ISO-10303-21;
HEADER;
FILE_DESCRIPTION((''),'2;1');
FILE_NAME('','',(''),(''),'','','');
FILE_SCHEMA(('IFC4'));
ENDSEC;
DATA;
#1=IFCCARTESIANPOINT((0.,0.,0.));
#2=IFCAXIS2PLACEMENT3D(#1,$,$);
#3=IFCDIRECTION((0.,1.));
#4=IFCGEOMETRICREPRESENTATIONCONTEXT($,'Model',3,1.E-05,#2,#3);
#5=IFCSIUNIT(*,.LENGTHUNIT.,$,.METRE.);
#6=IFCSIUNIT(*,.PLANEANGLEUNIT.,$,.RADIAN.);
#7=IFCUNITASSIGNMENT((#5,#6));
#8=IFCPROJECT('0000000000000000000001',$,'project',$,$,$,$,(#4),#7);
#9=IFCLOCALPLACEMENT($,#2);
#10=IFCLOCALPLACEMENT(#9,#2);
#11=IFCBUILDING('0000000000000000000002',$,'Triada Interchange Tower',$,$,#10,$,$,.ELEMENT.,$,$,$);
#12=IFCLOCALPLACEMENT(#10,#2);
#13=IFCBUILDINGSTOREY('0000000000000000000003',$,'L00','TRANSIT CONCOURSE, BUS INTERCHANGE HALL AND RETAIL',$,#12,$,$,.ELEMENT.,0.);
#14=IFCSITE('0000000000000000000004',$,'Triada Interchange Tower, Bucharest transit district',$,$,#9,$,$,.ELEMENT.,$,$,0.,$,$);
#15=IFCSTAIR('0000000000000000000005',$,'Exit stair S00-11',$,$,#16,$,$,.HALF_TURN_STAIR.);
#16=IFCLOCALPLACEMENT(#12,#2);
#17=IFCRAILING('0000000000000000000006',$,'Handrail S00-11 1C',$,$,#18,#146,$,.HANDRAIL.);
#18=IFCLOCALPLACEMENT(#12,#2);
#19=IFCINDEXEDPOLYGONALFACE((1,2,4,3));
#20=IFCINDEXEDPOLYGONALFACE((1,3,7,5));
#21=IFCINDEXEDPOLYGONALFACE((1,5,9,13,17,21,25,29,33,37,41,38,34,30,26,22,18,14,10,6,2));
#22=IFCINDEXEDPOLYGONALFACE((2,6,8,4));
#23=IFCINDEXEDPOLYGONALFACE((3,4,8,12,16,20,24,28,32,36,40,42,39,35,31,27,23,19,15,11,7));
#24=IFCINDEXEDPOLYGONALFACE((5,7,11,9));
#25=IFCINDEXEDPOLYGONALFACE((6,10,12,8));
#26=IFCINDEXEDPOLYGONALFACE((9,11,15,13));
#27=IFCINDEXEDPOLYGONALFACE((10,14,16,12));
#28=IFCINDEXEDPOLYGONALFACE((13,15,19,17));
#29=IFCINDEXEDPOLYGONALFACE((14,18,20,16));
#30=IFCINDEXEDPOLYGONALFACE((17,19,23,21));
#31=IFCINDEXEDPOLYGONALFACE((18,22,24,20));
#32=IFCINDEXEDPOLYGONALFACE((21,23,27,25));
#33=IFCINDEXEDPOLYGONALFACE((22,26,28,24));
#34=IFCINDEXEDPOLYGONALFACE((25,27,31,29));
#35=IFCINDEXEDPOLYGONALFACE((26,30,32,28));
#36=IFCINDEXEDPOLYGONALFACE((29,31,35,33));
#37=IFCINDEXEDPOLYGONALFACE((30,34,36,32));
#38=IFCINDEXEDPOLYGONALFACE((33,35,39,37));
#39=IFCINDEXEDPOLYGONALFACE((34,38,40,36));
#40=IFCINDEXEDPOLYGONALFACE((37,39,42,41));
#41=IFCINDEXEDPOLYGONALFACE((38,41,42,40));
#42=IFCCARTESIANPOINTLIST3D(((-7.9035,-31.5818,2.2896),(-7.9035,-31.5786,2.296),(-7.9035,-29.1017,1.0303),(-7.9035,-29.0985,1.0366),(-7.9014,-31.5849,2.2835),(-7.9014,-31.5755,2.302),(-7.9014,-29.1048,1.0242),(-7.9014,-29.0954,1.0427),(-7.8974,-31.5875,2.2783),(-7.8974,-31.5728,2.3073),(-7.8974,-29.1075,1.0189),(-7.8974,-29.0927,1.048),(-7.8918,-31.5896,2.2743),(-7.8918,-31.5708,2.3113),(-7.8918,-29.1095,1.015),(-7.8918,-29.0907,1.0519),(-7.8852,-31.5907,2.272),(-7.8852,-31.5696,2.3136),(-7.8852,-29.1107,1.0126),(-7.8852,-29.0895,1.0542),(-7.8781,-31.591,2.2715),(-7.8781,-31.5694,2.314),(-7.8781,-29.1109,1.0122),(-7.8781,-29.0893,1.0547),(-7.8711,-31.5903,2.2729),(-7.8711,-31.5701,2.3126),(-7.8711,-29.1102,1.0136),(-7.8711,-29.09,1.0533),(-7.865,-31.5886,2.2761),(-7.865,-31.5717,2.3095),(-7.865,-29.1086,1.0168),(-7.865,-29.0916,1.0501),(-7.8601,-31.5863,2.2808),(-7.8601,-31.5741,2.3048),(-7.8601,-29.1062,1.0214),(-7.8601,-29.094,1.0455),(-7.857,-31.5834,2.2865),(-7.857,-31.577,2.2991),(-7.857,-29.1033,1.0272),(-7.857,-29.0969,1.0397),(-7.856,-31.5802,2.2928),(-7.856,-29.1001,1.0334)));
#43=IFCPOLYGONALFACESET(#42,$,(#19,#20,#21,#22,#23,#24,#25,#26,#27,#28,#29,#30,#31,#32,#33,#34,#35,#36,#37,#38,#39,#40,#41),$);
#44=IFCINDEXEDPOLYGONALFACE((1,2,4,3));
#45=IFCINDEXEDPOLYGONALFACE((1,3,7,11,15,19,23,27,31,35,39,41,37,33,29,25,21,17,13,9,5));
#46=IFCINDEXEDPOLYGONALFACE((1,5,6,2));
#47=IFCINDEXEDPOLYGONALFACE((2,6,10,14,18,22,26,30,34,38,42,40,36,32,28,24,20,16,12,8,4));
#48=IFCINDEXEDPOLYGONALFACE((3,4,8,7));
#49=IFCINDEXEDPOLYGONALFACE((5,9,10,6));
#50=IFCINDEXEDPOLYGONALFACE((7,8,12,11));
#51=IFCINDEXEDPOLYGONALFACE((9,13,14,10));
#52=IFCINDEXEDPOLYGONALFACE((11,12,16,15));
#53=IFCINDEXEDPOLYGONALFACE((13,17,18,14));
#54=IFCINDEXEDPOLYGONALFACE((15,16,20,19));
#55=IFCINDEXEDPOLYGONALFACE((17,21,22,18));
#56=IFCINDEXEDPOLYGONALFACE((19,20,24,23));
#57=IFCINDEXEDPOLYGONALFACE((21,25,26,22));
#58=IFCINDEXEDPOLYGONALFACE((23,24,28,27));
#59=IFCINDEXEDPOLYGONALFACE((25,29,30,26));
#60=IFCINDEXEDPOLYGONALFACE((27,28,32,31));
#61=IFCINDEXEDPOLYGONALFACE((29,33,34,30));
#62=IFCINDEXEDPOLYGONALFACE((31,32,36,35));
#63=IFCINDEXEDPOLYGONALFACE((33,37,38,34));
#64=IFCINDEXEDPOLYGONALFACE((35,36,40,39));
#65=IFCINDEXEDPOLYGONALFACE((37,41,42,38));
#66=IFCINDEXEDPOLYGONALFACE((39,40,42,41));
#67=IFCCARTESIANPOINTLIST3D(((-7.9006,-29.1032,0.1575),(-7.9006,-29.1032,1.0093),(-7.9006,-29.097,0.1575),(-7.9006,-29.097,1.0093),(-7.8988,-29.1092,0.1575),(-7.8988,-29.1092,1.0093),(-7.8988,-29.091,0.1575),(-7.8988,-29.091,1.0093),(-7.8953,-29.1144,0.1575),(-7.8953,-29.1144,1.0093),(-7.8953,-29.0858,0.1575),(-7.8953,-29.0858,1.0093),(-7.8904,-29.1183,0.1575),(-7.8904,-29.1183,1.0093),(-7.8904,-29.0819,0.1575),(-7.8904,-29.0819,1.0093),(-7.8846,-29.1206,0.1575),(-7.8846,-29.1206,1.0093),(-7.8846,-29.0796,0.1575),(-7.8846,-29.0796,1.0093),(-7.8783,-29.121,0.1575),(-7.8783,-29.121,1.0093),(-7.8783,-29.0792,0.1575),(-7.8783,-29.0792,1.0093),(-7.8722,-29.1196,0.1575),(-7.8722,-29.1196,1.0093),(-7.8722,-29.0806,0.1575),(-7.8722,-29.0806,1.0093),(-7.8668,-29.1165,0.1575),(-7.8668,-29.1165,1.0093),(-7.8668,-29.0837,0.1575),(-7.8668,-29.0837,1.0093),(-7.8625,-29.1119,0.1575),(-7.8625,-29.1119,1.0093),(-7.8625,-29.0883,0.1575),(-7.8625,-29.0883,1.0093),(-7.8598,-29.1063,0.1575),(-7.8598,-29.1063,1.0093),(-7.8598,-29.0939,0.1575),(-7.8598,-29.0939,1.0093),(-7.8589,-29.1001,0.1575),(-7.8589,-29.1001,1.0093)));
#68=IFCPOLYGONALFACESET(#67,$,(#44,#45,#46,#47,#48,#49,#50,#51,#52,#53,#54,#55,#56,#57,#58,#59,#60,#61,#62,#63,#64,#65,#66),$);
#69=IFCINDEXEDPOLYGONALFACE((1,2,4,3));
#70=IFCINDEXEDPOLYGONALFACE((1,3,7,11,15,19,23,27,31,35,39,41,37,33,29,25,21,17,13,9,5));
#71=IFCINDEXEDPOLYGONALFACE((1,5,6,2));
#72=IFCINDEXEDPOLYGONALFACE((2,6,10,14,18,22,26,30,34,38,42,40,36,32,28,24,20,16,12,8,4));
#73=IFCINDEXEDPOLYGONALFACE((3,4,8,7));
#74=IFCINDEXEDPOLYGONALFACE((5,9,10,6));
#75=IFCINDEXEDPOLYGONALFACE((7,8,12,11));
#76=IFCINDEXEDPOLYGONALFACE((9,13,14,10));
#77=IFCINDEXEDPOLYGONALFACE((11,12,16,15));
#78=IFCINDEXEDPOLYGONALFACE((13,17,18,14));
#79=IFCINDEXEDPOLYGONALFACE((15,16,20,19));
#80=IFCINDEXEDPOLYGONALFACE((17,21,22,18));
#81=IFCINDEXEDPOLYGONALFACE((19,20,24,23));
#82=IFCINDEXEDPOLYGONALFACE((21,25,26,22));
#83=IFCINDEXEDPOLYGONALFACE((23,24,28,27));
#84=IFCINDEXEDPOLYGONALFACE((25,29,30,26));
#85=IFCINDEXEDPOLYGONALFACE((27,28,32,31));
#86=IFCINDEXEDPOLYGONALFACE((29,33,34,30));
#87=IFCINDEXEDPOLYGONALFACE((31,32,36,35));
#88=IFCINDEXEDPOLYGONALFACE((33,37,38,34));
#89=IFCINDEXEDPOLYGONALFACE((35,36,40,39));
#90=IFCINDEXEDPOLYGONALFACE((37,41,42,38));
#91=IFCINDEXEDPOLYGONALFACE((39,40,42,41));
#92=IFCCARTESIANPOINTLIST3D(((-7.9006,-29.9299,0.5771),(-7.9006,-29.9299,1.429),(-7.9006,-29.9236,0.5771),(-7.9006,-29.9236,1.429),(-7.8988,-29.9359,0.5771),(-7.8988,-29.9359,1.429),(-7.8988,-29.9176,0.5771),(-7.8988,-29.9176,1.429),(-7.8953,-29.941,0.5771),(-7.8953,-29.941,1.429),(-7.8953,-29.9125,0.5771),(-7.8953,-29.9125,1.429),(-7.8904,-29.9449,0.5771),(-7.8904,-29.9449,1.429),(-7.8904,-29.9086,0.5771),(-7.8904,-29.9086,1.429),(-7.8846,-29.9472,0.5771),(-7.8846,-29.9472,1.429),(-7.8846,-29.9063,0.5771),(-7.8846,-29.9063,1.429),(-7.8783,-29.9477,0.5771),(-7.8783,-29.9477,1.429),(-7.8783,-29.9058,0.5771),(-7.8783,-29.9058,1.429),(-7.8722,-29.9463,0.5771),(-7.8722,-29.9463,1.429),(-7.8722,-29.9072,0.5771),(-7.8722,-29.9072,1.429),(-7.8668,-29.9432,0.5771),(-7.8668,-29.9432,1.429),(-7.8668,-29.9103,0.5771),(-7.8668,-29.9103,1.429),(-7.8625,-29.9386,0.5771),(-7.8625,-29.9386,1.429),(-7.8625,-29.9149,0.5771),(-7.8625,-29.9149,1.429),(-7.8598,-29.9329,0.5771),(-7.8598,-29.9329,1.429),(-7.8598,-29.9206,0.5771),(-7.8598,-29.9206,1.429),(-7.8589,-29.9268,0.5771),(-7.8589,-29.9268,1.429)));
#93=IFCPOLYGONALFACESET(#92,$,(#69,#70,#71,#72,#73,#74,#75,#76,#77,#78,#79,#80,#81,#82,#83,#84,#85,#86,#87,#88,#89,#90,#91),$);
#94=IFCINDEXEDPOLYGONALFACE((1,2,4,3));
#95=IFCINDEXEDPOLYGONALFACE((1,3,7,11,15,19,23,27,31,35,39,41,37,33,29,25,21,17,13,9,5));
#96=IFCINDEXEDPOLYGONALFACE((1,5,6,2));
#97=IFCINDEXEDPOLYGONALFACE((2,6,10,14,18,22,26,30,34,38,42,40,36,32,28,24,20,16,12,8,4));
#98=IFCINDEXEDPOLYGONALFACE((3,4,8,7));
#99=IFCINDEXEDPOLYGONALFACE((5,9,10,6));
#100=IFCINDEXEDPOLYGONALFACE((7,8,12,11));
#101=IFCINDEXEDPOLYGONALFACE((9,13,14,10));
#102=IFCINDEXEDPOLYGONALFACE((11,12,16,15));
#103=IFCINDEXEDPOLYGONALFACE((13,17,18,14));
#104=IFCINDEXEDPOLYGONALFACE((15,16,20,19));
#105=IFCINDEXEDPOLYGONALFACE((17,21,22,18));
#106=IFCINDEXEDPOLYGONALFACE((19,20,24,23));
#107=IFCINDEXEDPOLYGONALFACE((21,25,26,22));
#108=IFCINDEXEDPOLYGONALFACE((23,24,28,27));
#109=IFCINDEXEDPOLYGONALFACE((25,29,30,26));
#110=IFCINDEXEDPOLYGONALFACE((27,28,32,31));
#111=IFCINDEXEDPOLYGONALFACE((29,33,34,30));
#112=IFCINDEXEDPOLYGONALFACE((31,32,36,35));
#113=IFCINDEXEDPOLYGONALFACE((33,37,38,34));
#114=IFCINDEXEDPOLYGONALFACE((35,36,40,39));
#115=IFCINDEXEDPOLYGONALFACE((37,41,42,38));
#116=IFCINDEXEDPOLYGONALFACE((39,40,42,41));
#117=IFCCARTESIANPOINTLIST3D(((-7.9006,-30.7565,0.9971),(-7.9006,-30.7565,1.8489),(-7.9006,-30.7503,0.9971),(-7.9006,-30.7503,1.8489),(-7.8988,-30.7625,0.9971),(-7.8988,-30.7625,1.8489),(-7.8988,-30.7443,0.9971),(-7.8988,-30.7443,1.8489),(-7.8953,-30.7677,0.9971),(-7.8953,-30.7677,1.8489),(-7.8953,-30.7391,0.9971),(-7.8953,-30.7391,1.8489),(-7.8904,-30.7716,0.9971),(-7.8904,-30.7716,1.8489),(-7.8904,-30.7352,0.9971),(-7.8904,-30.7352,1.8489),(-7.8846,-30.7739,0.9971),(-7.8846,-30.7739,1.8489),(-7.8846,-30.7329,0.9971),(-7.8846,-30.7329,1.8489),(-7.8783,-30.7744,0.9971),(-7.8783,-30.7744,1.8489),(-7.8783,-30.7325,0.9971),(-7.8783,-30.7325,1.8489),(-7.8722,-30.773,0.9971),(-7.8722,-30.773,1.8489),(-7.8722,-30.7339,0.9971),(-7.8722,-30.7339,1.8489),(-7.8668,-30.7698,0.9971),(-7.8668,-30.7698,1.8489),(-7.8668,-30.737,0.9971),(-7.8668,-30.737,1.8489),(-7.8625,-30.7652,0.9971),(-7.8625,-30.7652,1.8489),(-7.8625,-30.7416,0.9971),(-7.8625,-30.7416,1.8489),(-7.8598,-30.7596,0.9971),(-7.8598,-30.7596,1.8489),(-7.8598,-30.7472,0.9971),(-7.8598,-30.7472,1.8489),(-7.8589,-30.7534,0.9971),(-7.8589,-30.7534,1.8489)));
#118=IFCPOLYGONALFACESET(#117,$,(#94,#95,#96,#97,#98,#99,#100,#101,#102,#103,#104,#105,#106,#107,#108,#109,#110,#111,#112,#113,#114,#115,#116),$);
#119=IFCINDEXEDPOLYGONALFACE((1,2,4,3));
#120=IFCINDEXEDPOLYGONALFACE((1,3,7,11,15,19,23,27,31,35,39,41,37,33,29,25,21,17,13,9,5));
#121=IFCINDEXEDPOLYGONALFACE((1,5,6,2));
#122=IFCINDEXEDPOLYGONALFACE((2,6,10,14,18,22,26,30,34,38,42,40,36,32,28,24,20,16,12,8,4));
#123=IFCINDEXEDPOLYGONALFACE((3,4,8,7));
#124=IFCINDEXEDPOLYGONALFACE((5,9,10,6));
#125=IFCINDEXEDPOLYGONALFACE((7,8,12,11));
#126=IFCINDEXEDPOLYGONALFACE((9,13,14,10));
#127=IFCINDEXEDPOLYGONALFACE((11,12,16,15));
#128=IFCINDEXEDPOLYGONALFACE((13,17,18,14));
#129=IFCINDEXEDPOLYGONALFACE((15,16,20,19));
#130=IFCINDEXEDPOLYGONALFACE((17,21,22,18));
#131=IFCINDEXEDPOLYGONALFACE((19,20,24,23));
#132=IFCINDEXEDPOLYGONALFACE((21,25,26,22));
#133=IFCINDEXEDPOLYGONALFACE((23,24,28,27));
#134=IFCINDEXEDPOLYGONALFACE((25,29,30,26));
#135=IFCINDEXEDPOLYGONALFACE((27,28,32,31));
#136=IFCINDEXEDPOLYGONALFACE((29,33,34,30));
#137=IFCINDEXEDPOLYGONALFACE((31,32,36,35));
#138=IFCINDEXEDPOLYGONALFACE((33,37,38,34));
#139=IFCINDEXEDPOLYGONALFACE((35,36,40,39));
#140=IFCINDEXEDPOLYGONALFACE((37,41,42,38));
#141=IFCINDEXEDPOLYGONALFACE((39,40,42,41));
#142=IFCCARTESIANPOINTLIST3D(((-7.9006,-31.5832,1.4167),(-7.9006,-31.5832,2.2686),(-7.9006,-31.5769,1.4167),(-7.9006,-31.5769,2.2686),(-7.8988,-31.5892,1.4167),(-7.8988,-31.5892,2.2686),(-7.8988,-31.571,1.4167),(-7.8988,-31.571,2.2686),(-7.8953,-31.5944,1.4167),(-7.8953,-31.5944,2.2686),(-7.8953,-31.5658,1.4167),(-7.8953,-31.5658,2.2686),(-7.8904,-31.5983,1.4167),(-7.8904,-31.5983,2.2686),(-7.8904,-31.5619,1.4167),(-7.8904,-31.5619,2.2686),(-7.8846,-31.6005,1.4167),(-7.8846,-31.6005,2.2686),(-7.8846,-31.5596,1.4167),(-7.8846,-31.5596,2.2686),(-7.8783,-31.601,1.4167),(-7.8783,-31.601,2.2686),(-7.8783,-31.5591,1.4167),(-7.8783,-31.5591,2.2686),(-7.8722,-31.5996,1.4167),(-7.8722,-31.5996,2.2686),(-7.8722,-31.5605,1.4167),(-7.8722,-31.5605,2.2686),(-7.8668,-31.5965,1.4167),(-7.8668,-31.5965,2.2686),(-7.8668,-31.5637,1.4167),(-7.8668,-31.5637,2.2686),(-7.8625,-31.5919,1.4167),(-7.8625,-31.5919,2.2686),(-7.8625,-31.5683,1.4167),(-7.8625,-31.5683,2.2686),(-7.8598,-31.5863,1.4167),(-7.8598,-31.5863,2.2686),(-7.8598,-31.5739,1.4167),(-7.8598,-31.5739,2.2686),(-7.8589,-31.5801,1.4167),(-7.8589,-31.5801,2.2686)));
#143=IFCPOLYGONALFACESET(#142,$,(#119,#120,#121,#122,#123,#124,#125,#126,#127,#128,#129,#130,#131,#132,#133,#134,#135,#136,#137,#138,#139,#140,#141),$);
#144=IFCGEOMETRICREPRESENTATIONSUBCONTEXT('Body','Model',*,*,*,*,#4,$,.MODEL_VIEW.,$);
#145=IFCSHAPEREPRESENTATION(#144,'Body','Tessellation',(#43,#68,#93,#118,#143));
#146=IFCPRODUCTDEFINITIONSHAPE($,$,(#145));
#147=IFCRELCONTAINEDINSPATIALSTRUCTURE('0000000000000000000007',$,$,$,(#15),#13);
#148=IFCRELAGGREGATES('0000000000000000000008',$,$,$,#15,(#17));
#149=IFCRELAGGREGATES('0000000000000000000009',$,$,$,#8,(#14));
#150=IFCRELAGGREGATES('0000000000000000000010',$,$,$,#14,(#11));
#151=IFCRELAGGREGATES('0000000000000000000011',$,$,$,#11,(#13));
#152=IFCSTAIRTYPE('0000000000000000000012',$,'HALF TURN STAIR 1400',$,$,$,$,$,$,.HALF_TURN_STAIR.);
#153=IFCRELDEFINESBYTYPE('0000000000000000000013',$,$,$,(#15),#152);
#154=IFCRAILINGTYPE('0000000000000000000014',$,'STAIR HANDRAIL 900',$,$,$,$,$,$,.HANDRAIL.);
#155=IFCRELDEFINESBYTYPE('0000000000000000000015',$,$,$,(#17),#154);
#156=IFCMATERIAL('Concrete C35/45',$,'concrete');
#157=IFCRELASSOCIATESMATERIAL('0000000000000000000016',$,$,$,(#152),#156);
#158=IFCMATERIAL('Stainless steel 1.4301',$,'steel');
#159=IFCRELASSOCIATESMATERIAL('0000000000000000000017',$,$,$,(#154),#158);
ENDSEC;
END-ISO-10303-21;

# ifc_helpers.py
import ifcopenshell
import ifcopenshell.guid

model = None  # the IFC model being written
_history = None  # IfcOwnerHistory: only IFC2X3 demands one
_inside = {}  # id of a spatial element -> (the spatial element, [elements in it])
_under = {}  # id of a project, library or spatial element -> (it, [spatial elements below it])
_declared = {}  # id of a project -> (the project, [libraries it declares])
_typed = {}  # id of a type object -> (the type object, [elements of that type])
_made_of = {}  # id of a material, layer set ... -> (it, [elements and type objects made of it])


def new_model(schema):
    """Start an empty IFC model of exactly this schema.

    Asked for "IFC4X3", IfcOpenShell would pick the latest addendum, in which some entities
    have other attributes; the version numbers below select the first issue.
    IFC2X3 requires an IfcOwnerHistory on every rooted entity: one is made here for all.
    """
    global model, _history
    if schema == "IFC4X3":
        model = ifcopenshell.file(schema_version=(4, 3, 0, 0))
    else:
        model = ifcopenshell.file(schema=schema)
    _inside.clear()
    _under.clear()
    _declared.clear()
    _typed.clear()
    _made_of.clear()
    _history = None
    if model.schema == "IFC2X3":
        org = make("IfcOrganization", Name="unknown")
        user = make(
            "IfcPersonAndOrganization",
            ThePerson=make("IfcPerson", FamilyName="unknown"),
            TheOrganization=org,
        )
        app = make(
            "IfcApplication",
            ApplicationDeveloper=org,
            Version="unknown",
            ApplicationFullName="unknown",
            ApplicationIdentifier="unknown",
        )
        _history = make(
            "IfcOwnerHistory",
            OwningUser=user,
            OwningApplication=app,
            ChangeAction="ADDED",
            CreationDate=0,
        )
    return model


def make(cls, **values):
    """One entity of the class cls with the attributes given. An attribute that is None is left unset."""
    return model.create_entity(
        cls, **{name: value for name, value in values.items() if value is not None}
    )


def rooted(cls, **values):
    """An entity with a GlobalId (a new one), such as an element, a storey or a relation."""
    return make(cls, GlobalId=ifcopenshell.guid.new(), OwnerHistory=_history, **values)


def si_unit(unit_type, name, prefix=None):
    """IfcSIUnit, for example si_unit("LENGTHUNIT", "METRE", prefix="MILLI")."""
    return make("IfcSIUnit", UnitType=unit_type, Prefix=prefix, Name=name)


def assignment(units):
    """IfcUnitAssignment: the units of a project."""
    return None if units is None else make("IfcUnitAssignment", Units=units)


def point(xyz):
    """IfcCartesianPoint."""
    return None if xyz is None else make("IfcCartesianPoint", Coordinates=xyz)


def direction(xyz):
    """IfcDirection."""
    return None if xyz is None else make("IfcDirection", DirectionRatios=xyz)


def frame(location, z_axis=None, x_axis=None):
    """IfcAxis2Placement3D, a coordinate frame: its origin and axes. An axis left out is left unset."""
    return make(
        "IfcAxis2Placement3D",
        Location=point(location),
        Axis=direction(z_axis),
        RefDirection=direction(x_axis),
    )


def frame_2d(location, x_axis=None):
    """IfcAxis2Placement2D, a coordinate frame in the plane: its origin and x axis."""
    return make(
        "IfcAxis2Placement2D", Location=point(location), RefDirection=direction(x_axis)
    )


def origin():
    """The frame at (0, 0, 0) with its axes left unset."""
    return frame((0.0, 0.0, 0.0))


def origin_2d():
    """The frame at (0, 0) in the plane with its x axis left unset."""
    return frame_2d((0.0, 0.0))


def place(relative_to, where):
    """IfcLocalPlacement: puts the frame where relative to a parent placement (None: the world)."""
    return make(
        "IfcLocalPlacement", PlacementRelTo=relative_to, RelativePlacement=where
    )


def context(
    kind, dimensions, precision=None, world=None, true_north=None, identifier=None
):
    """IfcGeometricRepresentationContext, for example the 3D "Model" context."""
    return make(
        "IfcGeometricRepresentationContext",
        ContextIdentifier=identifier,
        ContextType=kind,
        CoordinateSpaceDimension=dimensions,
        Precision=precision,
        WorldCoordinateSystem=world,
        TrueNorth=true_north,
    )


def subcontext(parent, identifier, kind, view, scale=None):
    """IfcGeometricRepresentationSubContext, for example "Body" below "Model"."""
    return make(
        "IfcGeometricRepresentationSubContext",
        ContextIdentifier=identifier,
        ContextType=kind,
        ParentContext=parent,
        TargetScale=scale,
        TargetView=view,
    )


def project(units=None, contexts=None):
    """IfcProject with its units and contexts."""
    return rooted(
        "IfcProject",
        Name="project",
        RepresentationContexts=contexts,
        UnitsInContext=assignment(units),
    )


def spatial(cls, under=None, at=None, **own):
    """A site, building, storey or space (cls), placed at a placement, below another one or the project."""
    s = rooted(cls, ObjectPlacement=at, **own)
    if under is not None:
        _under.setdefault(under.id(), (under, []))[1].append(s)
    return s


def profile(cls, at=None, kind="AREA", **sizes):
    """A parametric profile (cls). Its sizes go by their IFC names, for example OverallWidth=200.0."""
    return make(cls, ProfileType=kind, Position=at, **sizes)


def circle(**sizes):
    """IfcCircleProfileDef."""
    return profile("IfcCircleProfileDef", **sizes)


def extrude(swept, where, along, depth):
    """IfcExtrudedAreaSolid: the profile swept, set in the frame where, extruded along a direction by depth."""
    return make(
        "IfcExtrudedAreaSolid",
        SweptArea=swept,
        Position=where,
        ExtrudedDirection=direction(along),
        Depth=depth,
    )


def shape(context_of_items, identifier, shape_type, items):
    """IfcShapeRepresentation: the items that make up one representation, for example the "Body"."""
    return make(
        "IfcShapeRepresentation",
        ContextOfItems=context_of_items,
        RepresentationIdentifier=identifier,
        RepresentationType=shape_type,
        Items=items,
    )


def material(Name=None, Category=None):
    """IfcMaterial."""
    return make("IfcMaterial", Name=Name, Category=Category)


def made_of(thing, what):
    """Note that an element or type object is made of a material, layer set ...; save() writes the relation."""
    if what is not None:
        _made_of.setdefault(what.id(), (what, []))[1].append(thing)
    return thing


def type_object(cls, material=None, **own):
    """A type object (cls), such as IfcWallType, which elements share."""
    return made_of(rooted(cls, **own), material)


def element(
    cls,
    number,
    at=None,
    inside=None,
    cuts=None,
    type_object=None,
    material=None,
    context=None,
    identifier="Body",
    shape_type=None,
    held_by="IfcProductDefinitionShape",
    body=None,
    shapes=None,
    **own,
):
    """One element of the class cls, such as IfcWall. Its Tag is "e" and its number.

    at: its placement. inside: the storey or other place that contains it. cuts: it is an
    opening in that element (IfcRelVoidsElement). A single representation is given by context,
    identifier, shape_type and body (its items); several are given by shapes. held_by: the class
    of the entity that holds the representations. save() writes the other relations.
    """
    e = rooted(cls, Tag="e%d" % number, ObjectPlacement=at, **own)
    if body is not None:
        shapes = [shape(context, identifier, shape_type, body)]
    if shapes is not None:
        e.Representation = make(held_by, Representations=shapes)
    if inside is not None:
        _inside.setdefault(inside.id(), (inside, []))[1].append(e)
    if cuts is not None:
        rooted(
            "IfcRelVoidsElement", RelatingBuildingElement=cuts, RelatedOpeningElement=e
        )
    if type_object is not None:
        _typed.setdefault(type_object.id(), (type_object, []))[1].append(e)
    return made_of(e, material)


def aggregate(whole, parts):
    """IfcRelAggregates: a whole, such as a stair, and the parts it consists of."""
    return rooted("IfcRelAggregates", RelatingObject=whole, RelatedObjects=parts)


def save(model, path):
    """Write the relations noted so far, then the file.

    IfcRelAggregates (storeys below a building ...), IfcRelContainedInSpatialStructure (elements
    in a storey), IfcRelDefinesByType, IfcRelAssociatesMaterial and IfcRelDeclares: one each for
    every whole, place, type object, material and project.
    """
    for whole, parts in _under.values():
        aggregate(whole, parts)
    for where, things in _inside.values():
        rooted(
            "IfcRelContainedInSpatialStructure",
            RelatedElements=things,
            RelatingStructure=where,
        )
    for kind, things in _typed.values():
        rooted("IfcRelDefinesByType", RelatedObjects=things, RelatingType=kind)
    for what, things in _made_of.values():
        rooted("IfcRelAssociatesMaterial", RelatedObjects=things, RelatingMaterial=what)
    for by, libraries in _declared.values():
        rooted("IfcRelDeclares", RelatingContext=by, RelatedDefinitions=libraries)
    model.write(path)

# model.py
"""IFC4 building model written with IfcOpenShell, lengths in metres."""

from ifc_helpers import new_model, si_unit, direction, frame, origin, origin_2d, place, context, subcontext, project, spatial, circle, extrude, material, type_object, element, aggregate, save


model = new_model("IFC4")

# Units and contexts
model_context = context("Model", 3, precision=1e-05, world=origin(), true_north=direction((0.0, 1.0)))
body_context = subcontext(model_context, "Body", "Model", "MODEL_VIEW")
ifc_project = project(units=[si_unit("LENGTHUNIT", "METRE"), si_unit("PLANEANGLEUNIT", "RADIAN")], contexts=[model_context])

# Site, building, storey
site_placement = place(None, origin())
site = spatial("IfcSite", under=ifc_project, at=site_placement, Name="Triada Interchange Tower, Bucharest transit district", CompositionType="ELEMENT", RefElevation=0.0)
building_placement = place(site_placement, origin())
building = spatial("IfcBuilding", under=site, at=building_placement, Name="Triada Interchange Tower", CompositionType="ELEMENT")
storey_placement = place(building_placement, origin())
storey = spatial("IfcBuildingStorey", under=building, at=storey_placement, Name="L00", Description="TRANSIT CONCOURSE, BUS INTERCHANGE HALL AND RETAIL", CompositionType="ELEMENT", Elevation=0.0)

# Stair, railing
ifc_material_1 = material(Name="Concrete C35/45", Category="concrete")
stair_type = type_object("IfcStairType", Name="HALF TURN STAIR 1400", PredefinedType="HALF_TURN_STAIR", material=ifc_material_1)
stair_placement = place(storey_placement, origin())
stair = element("IfcStair", 1, at=stair_placement, inside=storey, type_object=stair_type, Name="Exit stair S00-11", PredefinedType="HALF_TURN_STAIR")
ifc_material_2 = material(Name="Stainless steel 1.4301", Category="steel")
railing_type = type_object("IfcRailingType", Name="STAIR HANDRAIL 900", PredefinedType="HANDRAIL", material=ifc_material_2)
railing_1_placement = place(storey_placement, frame((-7.8799, -29.1001, 0.1575)))
railing_1 = element("IfcRailing", 2, at=railing_1_placement, type_object=railing_type, Name="Handrail S00-11 1C", PredefinedType="HANDRAIL", context=body_context, shape_type="SweptSolid", body=[
    extrude(circle(Radius=0.0239, at=origin_2d()), frame((0.0, 0.0, 0.876), z_axis=(0.0, -0.891636, 0.452752), x_axis=(1.0, 0.0, 0.0)), (0.0, 0.0, 1.0), 2.7815),
    extrude(circle(Radius=0.021, at=origin_2d()), origin(), (0.0, 0.0, 1.0), 0.8518),
    extrude(circle(Radius=0.021, at=origin_2d()), frame((0.0, -0.8267, 0.4197)), (0.0, 0.0, 1.0), 0.8518),
    extrude(circle(Radius=0.021, at=origin_2d()), frame((0.0, -1.6533, 0.8396)), (0.0, 0.0, 1.0), 0.8518),
    extrude(circle(Radius=0.021, at=origin_2d()), frame((0.0, -2.48, 1.2593)), (0.0, 0.0, 1.0), 0.8518),
])
aggregate(stair, [railing_1])

save(model, "model.ifc")
